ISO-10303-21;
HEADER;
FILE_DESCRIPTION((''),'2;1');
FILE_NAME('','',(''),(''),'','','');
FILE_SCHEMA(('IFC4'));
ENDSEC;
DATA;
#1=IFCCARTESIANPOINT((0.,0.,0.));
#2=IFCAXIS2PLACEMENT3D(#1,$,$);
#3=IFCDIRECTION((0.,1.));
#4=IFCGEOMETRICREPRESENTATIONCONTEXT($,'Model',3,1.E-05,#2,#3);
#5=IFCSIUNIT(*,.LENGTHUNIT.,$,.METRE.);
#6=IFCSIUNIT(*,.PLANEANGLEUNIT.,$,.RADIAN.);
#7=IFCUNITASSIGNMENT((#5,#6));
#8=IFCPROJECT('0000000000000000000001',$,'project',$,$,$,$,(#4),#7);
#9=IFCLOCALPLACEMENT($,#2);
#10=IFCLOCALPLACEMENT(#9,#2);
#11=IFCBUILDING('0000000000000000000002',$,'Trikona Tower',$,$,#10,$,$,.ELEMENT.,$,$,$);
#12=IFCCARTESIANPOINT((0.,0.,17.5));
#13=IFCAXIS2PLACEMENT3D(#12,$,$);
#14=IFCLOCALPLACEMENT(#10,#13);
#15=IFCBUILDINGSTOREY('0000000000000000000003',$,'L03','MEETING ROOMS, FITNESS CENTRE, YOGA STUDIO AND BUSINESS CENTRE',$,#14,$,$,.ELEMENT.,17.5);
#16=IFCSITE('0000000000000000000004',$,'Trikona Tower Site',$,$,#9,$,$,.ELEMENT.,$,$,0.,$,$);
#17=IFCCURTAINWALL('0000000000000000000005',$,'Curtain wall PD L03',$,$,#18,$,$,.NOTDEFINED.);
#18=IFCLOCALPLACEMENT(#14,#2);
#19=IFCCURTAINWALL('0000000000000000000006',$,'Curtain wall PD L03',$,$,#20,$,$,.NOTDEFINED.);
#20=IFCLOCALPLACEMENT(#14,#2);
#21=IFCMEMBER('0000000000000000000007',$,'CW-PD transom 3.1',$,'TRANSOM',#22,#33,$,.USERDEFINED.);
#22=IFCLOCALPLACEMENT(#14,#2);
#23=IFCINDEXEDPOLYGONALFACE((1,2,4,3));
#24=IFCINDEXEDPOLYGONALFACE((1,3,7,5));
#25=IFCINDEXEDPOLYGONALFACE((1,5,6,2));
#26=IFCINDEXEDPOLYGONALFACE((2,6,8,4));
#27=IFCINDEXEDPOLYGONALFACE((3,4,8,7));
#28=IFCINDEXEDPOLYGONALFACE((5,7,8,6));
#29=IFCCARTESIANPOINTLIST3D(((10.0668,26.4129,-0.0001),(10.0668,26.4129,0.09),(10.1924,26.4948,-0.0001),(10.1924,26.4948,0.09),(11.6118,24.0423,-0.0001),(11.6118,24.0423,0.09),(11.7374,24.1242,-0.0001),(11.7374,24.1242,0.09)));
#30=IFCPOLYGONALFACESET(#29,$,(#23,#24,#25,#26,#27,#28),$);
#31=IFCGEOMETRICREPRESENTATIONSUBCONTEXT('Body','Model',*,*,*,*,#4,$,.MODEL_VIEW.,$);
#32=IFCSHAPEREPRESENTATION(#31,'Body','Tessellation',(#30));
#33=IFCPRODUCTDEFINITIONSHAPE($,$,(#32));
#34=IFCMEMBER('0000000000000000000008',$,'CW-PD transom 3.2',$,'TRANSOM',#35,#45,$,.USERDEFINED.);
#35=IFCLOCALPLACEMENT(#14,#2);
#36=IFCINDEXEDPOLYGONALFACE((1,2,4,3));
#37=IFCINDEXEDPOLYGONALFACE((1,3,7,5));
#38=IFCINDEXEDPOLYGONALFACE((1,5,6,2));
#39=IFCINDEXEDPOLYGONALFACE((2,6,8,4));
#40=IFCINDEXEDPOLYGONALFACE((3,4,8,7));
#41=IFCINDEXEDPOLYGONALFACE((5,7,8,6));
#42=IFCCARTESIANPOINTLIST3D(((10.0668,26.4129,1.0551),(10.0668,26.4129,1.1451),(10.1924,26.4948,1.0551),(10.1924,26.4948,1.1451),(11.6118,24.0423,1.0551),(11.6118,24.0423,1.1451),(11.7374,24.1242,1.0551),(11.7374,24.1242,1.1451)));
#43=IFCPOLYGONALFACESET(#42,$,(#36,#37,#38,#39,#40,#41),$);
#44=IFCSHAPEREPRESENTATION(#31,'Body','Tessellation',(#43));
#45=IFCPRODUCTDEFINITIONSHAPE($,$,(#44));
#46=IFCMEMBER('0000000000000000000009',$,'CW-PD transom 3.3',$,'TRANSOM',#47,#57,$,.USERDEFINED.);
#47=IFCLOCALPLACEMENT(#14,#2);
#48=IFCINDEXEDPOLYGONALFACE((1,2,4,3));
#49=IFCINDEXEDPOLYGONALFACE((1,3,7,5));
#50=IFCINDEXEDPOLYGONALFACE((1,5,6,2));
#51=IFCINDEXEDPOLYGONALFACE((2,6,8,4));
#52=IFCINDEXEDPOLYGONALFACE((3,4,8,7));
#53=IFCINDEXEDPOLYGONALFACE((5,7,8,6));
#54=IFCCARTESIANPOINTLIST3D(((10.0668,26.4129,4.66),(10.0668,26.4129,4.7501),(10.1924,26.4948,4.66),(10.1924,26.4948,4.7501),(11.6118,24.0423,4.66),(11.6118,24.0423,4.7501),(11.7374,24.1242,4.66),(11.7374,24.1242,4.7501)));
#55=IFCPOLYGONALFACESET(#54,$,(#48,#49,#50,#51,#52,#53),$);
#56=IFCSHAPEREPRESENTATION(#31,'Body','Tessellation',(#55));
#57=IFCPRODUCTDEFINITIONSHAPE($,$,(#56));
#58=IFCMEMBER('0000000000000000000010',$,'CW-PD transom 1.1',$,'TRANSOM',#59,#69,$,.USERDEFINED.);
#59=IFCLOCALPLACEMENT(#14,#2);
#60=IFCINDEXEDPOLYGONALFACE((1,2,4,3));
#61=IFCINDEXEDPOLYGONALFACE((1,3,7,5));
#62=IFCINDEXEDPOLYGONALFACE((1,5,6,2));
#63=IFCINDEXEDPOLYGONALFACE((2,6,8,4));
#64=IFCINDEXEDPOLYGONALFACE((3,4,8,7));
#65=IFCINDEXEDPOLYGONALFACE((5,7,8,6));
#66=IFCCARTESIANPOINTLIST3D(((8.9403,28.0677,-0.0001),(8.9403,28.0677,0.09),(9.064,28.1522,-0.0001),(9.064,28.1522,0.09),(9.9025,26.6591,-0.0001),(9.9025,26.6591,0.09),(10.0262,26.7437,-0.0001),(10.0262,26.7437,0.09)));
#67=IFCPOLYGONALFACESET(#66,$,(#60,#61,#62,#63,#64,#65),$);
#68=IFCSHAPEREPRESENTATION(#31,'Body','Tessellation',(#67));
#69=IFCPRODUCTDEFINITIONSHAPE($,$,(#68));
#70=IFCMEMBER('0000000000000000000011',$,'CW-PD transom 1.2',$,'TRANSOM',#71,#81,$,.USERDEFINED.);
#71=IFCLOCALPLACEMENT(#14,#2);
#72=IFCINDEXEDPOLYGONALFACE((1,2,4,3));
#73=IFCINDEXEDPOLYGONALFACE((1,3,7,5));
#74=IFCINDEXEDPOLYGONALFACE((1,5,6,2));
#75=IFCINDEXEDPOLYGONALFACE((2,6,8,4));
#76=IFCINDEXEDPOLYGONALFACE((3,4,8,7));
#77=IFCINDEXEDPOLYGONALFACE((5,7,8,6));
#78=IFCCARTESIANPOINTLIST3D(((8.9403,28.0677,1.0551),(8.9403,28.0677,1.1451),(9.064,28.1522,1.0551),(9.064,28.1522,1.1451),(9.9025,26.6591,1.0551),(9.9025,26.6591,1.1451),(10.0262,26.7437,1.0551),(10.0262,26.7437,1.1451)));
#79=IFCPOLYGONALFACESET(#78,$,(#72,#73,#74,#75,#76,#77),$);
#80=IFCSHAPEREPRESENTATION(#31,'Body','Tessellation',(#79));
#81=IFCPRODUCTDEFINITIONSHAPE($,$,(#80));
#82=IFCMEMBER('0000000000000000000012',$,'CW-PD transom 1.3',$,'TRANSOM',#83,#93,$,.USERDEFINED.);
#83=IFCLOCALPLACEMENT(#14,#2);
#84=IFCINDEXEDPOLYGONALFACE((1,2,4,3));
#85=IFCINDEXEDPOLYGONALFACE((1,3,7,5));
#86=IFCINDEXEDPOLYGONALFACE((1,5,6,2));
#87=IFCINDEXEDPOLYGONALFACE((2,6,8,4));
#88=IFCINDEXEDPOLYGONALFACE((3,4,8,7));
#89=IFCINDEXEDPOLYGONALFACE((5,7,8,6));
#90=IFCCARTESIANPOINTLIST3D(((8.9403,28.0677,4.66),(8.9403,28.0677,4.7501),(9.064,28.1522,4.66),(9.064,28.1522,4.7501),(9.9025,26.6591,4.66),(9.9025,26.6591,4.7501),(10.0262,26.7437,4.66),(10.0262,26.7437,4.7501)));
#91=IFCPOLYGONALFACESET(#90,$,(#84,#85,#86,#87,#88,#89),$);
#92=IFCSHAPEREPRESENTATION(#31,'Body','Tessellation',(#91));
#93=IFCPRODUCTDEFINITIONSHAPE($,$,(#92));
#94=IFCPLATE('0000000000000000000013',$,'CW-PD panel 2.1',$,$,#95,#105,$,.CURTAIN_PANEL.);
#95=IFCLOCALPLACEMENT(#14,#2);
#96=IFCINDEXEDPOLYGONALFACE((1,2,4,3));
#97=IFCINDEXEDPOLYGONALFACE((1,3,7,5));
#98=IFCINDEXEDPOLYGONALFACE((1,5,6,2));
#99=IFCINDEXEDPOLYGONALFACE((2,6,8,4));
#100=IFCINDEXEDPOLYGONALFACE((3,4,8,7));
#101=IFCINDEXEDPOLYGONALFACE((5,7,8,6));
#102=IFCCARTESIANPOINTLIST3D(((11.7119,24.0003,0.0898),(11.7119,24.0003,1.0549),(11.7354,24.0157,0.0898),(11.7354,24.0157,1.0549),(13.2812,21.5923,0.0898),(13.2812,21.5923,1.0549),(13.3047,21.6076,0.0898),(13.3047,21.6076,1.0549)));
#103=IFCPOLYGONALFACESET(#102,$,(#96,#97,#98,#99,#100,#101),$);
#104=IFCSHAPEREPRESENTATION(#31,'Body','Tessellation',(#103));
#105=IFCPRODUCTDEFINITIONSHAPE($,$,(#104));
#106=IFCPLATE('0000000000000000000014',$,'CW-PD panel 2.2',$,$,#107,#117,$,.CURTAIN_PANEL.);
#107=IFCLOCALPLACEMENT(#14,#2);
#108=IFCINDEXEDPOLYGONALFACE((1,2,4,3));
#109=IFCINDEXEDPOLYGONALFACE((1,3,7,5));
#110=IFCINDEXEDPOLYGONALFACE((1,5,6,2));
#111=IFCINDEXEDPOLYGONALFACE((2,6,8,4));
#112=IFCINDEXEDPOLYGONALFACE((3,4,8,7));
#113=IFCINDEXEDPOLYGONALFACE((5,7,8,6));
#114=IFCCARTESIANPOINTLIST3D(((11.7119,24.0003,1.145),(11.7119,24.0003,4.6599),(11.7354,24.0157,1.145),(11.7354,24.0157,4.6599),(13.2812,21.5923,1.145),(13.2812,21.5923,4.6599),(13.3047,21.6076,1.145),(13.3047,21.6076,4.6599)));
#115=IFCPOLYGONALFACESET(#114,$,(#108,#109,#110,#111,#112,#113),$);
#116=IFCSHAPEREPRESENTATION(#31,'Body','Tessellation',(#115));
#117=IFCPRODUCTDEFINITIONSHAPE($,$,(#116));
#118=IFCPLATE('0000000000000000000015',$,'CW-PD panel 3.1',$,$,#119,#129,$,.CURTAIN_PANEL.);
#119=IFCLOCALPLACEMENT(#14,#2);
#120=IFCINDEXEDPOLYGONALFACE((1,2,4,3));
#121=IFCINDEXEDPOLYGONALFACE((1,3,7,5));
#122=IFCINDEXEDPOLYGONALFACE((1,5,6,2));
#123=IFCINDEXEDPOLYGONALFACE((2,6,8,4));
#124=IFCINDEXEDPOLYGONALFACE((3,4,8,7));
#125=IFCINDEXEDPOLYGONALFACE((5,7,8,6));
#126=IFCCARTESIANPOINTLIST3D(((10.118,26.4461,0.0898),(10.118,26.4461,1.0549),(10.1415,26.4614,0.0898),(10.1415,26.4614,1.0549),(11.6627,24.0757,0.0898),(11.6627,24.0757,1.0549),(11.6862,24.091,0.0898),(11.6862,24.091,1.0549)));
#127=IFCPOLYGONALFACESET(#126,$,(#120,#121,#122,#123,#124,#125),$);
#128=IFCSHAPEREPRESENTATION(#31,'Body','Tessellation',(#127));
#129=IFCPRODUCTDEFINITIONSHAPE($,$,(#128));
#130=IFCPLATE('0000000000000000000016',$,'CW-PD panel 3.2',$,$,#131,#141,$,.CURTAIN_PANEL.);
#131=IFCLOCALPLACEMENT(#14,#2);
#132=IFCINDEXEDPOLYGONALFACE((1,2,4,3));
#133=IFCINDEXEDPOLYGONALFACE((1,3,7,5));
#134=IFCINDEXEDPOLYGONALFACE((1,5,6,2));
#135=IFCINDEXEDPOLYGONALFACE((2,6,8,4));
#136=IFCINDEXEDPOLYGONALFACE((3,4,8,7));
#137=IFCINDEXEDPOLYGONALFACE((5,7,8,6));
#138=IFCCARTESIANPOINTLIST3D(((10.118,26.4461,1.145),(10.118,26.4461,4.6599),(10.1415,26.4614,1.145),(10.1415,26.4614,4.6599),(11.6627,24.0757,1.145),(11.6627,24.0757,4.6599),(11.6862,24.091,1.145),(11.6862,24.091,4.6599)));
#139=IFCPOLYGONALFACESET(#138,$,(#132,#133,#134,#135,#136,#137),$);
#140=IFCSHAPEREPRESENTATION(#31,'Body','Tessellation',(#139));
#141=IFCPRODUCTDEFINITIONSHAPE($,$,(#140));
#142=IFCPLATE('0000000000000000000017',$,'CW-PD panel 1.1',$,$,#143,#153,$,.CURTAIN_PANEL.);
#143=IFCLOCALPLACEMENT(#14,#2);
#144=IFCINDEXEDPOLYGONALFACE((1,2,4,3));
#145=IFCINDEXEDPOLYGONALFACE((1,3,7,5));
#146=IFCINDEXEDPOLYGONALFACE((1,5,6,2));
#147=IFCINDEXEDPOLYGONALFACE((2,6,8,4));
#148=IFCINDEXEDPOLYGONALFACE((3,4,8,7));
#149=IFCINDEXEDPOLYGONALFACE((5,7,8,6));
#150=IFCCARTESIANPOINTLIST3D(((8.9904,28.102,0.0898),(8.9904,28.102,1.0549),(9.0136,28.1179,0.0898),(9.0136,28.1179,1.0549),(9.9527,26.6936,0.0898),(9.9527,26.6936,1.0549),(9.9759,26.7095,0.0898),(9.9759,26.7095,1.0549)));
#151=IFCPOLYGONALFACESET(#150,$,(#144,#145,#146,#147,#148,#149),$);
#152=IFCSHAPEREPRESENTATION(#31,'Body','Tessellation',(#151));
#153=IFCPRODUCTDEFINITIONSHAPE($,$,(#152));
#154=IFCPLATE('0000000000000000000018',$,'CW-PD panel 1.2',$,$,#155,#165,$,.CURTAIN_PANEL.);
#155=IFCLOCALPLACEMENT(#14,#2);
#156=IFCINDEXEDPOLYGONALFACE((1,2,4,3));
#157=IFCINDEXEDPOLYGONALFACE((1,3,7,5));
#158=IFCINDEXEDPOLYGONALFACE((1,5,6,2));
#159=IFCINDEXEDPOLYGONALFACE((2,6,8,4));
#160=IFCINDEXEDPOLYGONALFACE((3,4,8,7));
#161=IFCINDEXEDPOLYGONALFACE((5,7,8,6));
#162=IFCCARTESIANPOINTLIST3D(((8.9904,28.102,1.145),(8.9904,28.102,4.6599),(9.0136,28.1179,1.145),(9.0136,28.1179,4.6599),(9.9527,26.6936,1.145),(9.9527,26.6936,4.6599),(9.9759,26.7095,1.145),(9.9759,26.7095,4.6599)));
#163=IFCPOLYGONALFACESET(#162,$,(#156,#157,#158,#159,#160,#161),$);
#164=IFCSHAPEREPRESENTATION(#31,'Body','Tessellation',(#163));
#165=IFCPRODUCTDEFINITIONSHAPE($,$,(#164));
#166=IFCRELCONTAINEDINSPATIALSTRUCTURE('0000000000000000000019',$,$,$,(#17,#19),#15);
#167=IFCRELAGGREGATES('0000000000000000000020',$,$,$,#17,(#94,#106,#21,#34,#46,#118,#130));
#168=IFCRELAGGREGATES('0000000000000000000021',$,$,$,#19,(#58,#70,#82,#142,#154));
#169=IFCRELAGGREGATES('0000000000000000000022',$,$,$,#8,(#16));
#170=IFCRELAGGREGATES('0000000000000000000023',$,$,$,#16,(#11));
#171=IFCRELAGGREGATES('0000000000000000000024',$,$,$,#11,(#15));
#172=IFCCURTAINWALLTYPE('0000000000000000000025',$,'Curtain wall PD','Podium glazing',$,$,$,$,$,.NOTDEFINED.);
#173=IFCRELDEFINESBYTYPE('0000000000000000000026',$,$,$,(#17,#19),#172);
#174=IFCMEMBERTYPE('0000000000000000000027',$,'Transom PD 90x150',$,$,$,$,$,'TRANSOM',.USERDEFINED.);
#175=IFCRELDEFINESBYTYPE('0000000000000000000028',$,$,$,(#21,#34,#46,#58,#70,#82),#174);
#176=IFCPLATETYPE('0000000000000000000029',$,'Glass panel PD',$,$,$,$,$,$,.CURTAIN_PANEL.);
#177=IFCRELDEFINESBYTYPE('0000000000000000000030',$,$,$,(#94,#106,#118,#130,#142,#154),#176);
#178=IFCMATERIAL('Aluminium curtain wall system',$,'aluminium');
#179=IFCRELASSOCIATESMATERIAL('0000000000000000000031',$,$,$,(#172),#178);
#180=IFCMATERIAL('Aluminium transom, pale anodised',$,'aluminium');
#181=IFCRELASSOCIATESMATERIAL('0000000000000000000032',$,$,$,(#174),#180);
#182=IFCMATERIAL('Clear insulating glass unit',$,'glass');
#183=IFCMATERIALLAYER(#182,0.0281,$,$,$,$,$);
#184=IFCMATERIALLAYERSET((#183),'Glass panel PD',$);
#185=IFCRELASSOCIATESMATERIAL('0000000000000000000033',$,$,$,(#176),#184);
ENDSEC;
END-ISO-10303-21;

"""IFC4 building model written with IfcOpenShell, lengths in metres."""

from ifc_helpers import new_model, si_unit, direction, frame, origin, origin_2d, place, context, subcontext, project, spatial, rectangle, extrude, material, layer, layer_set, material_profile, profile_set, type_object, element, aggregate, save


model = new_model("IFC4")

# Units and contexts
model_context = context("Model", 3, precision=1e-05, world=origin(), true_north=direction((0.0, 1.0)))
body_context = subcontext(model_context, "Body", "Model", "MODEL_VIEW")
ifc_project = project(units=[si_unit("LENGTHUNIT", "METRE"), si_unit("PLANEANGLEUNIT", "RADIAN")], contexts=[model_context])

# Site, building, storey
site_placement = place(None, origin())
site = spatial("IfcSite", under=ifc_project, at=site_placement, Name="Trikona Tower Site", CompositionType="ELEMENT", RefElevation=0.0)
building_placement = place(site_placement, origin())
building = spatial("IfcBuilding", under=site, at=building_placement, Name="Trikona Tower", CompositionType="ELEMENT")
storey_placement = place(building_placement, frame((0.0, 0.0, 17.5)))
storey = spatial("IfcBuildingStorey", under=building, at=storey_placement, Name="L03", Description="MEETING ROOMS, FITNESS CENTRE, YOGA STUDIO AND BUSINESS CENTRE", CompositionType="ELEMENT", Elevation=17.5)

# Curtain walls
ifc_material_1 = material(Name="Aluminium curtain wall system", Category="aluminium")
curtain_wall_type = type_object("IfcCurtainWallType", Name="Curtain wall PD", Description="Podium glazing", PredefinedType="NOTDEFINED", material=ifc_material_1)
curtain_wall_1_placement = place(storey_placement, origin())
curtain_wall_1 = element("IfcCurtainWall", 1, at=curtain_wall_1_placement, inside=storey, type_object=curtain_wall_type, Name="Curtain wall PD L03", PredefinedType="NOTDEFINED")
curtain_wall_2_placement = place(storey_placement, origin())
curtain_wall_2 = element("IfcCurtainWall", 2, at=curtain_wall_2_placement, inside=storey, type_object=curtain_wall_type, Name="Curtain wall PD L03", PredefinedType="NOTDEFINED")

# Members
ifc_material_2 = material(Name="Aluminium transom, pale anodised", Category="aluminium")
ifc_material_profile_1 = material_profile(ifc_material_2, rectangle(XDim=0.1499, YDim=0.0901, at=origin_2d()), Name="TRN-PD")
ifc_profile_set_1 = profile_set([ifc_material_profile_1], Name="Aluminium transom, pale anodised")
member_type_1 = type_object("IfcMemberType", Name="Transom PD 90x150", ElementType="TRANSOM", PredefinedType="USERDEFINED", material=ifc_profile_set_1)
member_1_placement = place(storey_placement, frame((11.6746, 24.0833, 0.0449), z_axis=(-0.545989, 0.837792, 0.0), x_axis=(-0.837792, -0.545989, 0.0)))
member_1 = element("IfcMember", 3, at=member_1_placement, type_object=member_type_1, Name="CW-PD transom 3.1", ObjectType="TRANSOM", PredefinedType="USERDEFINED", context=body_context, shape_type="SweptSolid", body=[
    extrude(rectangle(XDim=0.1499, YDim=0.0901, at=origin_2d()), origin(), (0.0, 0.0, 1.0), 2.8296),
])
member_2_placement = place(storey_placement, frame((11.6746, 24.0833, 1.1001), z_axis=(-0.545989, 0.837792, 0.0), x_axis=(-0.837792, -0.545989, 0.0)))
member_2 = element("IfcMember", 4, at=member_2_placement, type_object=member_type_1, Name="CW-PD transom 3.2", ObjectType="TRANSOM", PredefinedType="USERDEFINED", context=body_context, shape_type="SweptSolid", body=[
    extrude(rectangle(XDim=0.1499, YDim=0.0901, at=origin_2d()), origin(), (0.0, 0.0, 1.0), 2.8296),
])
member_3_placement = place(storey_placement, frame((11.6746, 24.0833, 4.7051), z_axis=(-0.545989, 0.837792, 0.0), x_axis=(-0.837792, -0.545989, 0.0)))
member_3 = element("IfcMember", 5, at=member_3_placement, type_object=member_type_1, Name="CW-PD transom 3.3", ObjectType="TRANSOM", PredefinedType="USERDEFINED", context=body_context, shape_type="SweptSolid", body=[
    extrude(rectangle(XDim=0.1499, YDim=0.0901, at=origin_2d()), origin(), (0.0, 0.0, 1.0), 2.8296),
])
member_4_placement = place(storey_placement, frame((9.9644, 26.7014, 0.0449), z_axis=(-0.564078, 0.825721, 0.0), x_axis=(-0.825721, -0.564078, 0.0)))
member_4 = element("IfcMember", 6, at=member_4_placement, type_object=member_type_1, Name="CW-PD transom 1.1", ObjectType="TRANSOM", PredefinedType="USERDEFINED", context=body_context, shape_type="SweptSolid", body=[
    extrude(rectangle(XDim=0.1499, YDim=0.0901, at=origin_2d()), origin(), (0.0, 0.0, 1.0), 1.7058),
])
member_5_placement = place(storey_placement, frame((9.9644, 26.7014, 1.1001), z_axis=(-0.564078, 0.825721, 0.0), x_axis=(-0.825721, -0.564078, 0.0)))
member_5 = element("IfcMember", 7, at=member_5_placement, type_object=member_type_1, Name="CW-PD transom 1.2", ObjectType="TRANSOM", PredefinedType="USERDEFINED", context=body_context, shape_type="SweptSolid", body=[
    extrude(rectangle(XDim=0.1499, YDim=0.0901, at=origin_2d()), origin(), (0.0, 0.0, 1.0), 1.7058),
])
member_6_placement = place(storey_placement, frame((9.9644, 26.7014, 4.7051), z_axis=(-0.564078, 0.825721, 0.0), x_axis=(-0.825721, -0.564078, 0.0)))
member_6 = element("IfcMember", 8, at=member_6_placement, type_object=member_type_1, Name="CW-PD transom 1.3", ObjectType="TRANSOM", PredefinedType="USERDEFINED", context=body_context, shape_type="SweptSolid", body=[
    extrude(rectangle(XDim=0.1499, YDim=0.0901, at=origin_2d()), origin(), (0.0, 0.0, 1.0), 1.7058),
])

# Plates
ifc_material_3 = material(Name="Clear insulating glass unit", Category="glass")
ifc_layer_1 = layer(ifc_material_3, 0.0281)
ifc_layer_set_1 = layer_set([ifc_layer_1], Name="Glass panel PD")
plate_type = type_object("IfcPlateType", Name="Glass panel PD", PredefinedType="CURTAIN_PANEL", material=ifc_layer_set_1)
plate_1_placement = place(storey_placement, frame((12.5083, 22.804, 0.0898), z_axis=(0.0, 0.0, 1.0), x_axis=(-0.545977, 0.8378, 0.0)))
plate_1 = element("IfcPlate", 9, at=plate_1_placement, type_object=plate_type, Name="CW-PD panel 2.1", PredefinedType="CURTAIN_PANEL", context=body_context, shape_type="SweptSolid", body=[
    extrude(rectangle(XDim=2.8743, YDim=0.0281, at=origin_2d()), origin(), (0.0, 0.0, 1.0), 0.9651),
])
plate_2_placement = place(storey_placement, frame((12.5083, 22.804, 1.145), z_axis=(0.0, 0.0, 1.0), x_axis=(-0.545977, 0.8378, 0.0)))
plate_2 = element("IfcPlate", 10, at=plate_2_placement, type_object=plate_type, Name="CW-PD panel 2.2", PredefinedType="CURTAIN_PANEL", context=body_context, shape_type="SweptSolid", body=[
    extrude(rectangle(XDim=2.8743, YDim=0.0281, at=origin_2d()), origin(), (0.0, 0.0, 1.0), 3.5149),
])
plate_3_placement = place(storey_placement, frame((10.9021, 25.2686, 0.0898), z_axis=(0.0, 0.0, 1.0), x_axis=(-0.545977, 0.8378, 0.0)))
plate_3 = element("IfcPlate", 11, at=plate_3_placement, type_object=plate_type, Name="CW-PD panel 3.1", PredefinedType="CURTAIN_PANEL", context=body_context, shape_type="SweptSolid", body=[
    extrude(rectangle(XDim=2.8293, YDim=0.0281, at=origin_2d()), origin(), (0.0, 0.0, 1.0), 0.9651),
])
plate_4_placement = place(storey_placement, frame((10.9021, 25.2686, 1.145), z_axis=(0.0, 0.0, 1.0), x_axis=(-0.545977, 0.8378, 0.0)))
plate_4 = element("IfcPlate", 12, at=plate_4_placement, type_object=plate_type, Name="CW-PD panel 3.2", PredefinedType="CURTAIN_PANEL", context=body_context, shape_type="SweptSolid", body=[
    extrude(rectangle(XDim=2.8293, YDim=0.0281, at=origin_2d()), origin(), (0.0, 0.0, 1.0), 3.5149),
])
aggregate(curtain_wall_1, [plate_1, plate_2, member_1, member_2, member_3, plate_3, plate_4])
plate_5_placement = place(storey_placement, frame((9.4832, 27.4058, 0.0898), z_axis=(0.0, 0.0, 1.0), x_axis=(-0.564172, 0.825657, 0.0)))
plate_5 = element("IfcPlate", 13, at=plate_5_placement, type_object=plate_type, Name="CW-PD panel 1.1", PredefinedType="CURTAIN_PANEL", context=body_context, shape_type="SweptSolid", body=[
    extrude(rectangle(XDim=1.7058, YDim=0.0281, at=origin_2d()), origin(), (0.0, 0.0, 1.0), 0.9651),
])
plate_6_placement = place(storey_placement, frame((9.4832, 27.4058, 1.145), z_axis=(0.0, 0.0, 1.0), x_axis=(-0.564172, 0.825657, 0.0)))
plate_6 = element("IfcPlate", 14, at=plate_6_placement, type_object=plate_type, Name="CW-PD panel 1.2", PredefinedType="CURTAIN_PANEL", context=body_context, shape_type="SweptSolid", body=[
    extrude(rectangle(XDim=1.7058, YDim=0.0281, at=origin_2d()), origin(), (0.0, 0.0, 1.0), 3.5149),
])
aggregate(curtain_wall_2, [member_4, member_5, member_6, plate_5, plate_6])

save(model, "model.ifc")
